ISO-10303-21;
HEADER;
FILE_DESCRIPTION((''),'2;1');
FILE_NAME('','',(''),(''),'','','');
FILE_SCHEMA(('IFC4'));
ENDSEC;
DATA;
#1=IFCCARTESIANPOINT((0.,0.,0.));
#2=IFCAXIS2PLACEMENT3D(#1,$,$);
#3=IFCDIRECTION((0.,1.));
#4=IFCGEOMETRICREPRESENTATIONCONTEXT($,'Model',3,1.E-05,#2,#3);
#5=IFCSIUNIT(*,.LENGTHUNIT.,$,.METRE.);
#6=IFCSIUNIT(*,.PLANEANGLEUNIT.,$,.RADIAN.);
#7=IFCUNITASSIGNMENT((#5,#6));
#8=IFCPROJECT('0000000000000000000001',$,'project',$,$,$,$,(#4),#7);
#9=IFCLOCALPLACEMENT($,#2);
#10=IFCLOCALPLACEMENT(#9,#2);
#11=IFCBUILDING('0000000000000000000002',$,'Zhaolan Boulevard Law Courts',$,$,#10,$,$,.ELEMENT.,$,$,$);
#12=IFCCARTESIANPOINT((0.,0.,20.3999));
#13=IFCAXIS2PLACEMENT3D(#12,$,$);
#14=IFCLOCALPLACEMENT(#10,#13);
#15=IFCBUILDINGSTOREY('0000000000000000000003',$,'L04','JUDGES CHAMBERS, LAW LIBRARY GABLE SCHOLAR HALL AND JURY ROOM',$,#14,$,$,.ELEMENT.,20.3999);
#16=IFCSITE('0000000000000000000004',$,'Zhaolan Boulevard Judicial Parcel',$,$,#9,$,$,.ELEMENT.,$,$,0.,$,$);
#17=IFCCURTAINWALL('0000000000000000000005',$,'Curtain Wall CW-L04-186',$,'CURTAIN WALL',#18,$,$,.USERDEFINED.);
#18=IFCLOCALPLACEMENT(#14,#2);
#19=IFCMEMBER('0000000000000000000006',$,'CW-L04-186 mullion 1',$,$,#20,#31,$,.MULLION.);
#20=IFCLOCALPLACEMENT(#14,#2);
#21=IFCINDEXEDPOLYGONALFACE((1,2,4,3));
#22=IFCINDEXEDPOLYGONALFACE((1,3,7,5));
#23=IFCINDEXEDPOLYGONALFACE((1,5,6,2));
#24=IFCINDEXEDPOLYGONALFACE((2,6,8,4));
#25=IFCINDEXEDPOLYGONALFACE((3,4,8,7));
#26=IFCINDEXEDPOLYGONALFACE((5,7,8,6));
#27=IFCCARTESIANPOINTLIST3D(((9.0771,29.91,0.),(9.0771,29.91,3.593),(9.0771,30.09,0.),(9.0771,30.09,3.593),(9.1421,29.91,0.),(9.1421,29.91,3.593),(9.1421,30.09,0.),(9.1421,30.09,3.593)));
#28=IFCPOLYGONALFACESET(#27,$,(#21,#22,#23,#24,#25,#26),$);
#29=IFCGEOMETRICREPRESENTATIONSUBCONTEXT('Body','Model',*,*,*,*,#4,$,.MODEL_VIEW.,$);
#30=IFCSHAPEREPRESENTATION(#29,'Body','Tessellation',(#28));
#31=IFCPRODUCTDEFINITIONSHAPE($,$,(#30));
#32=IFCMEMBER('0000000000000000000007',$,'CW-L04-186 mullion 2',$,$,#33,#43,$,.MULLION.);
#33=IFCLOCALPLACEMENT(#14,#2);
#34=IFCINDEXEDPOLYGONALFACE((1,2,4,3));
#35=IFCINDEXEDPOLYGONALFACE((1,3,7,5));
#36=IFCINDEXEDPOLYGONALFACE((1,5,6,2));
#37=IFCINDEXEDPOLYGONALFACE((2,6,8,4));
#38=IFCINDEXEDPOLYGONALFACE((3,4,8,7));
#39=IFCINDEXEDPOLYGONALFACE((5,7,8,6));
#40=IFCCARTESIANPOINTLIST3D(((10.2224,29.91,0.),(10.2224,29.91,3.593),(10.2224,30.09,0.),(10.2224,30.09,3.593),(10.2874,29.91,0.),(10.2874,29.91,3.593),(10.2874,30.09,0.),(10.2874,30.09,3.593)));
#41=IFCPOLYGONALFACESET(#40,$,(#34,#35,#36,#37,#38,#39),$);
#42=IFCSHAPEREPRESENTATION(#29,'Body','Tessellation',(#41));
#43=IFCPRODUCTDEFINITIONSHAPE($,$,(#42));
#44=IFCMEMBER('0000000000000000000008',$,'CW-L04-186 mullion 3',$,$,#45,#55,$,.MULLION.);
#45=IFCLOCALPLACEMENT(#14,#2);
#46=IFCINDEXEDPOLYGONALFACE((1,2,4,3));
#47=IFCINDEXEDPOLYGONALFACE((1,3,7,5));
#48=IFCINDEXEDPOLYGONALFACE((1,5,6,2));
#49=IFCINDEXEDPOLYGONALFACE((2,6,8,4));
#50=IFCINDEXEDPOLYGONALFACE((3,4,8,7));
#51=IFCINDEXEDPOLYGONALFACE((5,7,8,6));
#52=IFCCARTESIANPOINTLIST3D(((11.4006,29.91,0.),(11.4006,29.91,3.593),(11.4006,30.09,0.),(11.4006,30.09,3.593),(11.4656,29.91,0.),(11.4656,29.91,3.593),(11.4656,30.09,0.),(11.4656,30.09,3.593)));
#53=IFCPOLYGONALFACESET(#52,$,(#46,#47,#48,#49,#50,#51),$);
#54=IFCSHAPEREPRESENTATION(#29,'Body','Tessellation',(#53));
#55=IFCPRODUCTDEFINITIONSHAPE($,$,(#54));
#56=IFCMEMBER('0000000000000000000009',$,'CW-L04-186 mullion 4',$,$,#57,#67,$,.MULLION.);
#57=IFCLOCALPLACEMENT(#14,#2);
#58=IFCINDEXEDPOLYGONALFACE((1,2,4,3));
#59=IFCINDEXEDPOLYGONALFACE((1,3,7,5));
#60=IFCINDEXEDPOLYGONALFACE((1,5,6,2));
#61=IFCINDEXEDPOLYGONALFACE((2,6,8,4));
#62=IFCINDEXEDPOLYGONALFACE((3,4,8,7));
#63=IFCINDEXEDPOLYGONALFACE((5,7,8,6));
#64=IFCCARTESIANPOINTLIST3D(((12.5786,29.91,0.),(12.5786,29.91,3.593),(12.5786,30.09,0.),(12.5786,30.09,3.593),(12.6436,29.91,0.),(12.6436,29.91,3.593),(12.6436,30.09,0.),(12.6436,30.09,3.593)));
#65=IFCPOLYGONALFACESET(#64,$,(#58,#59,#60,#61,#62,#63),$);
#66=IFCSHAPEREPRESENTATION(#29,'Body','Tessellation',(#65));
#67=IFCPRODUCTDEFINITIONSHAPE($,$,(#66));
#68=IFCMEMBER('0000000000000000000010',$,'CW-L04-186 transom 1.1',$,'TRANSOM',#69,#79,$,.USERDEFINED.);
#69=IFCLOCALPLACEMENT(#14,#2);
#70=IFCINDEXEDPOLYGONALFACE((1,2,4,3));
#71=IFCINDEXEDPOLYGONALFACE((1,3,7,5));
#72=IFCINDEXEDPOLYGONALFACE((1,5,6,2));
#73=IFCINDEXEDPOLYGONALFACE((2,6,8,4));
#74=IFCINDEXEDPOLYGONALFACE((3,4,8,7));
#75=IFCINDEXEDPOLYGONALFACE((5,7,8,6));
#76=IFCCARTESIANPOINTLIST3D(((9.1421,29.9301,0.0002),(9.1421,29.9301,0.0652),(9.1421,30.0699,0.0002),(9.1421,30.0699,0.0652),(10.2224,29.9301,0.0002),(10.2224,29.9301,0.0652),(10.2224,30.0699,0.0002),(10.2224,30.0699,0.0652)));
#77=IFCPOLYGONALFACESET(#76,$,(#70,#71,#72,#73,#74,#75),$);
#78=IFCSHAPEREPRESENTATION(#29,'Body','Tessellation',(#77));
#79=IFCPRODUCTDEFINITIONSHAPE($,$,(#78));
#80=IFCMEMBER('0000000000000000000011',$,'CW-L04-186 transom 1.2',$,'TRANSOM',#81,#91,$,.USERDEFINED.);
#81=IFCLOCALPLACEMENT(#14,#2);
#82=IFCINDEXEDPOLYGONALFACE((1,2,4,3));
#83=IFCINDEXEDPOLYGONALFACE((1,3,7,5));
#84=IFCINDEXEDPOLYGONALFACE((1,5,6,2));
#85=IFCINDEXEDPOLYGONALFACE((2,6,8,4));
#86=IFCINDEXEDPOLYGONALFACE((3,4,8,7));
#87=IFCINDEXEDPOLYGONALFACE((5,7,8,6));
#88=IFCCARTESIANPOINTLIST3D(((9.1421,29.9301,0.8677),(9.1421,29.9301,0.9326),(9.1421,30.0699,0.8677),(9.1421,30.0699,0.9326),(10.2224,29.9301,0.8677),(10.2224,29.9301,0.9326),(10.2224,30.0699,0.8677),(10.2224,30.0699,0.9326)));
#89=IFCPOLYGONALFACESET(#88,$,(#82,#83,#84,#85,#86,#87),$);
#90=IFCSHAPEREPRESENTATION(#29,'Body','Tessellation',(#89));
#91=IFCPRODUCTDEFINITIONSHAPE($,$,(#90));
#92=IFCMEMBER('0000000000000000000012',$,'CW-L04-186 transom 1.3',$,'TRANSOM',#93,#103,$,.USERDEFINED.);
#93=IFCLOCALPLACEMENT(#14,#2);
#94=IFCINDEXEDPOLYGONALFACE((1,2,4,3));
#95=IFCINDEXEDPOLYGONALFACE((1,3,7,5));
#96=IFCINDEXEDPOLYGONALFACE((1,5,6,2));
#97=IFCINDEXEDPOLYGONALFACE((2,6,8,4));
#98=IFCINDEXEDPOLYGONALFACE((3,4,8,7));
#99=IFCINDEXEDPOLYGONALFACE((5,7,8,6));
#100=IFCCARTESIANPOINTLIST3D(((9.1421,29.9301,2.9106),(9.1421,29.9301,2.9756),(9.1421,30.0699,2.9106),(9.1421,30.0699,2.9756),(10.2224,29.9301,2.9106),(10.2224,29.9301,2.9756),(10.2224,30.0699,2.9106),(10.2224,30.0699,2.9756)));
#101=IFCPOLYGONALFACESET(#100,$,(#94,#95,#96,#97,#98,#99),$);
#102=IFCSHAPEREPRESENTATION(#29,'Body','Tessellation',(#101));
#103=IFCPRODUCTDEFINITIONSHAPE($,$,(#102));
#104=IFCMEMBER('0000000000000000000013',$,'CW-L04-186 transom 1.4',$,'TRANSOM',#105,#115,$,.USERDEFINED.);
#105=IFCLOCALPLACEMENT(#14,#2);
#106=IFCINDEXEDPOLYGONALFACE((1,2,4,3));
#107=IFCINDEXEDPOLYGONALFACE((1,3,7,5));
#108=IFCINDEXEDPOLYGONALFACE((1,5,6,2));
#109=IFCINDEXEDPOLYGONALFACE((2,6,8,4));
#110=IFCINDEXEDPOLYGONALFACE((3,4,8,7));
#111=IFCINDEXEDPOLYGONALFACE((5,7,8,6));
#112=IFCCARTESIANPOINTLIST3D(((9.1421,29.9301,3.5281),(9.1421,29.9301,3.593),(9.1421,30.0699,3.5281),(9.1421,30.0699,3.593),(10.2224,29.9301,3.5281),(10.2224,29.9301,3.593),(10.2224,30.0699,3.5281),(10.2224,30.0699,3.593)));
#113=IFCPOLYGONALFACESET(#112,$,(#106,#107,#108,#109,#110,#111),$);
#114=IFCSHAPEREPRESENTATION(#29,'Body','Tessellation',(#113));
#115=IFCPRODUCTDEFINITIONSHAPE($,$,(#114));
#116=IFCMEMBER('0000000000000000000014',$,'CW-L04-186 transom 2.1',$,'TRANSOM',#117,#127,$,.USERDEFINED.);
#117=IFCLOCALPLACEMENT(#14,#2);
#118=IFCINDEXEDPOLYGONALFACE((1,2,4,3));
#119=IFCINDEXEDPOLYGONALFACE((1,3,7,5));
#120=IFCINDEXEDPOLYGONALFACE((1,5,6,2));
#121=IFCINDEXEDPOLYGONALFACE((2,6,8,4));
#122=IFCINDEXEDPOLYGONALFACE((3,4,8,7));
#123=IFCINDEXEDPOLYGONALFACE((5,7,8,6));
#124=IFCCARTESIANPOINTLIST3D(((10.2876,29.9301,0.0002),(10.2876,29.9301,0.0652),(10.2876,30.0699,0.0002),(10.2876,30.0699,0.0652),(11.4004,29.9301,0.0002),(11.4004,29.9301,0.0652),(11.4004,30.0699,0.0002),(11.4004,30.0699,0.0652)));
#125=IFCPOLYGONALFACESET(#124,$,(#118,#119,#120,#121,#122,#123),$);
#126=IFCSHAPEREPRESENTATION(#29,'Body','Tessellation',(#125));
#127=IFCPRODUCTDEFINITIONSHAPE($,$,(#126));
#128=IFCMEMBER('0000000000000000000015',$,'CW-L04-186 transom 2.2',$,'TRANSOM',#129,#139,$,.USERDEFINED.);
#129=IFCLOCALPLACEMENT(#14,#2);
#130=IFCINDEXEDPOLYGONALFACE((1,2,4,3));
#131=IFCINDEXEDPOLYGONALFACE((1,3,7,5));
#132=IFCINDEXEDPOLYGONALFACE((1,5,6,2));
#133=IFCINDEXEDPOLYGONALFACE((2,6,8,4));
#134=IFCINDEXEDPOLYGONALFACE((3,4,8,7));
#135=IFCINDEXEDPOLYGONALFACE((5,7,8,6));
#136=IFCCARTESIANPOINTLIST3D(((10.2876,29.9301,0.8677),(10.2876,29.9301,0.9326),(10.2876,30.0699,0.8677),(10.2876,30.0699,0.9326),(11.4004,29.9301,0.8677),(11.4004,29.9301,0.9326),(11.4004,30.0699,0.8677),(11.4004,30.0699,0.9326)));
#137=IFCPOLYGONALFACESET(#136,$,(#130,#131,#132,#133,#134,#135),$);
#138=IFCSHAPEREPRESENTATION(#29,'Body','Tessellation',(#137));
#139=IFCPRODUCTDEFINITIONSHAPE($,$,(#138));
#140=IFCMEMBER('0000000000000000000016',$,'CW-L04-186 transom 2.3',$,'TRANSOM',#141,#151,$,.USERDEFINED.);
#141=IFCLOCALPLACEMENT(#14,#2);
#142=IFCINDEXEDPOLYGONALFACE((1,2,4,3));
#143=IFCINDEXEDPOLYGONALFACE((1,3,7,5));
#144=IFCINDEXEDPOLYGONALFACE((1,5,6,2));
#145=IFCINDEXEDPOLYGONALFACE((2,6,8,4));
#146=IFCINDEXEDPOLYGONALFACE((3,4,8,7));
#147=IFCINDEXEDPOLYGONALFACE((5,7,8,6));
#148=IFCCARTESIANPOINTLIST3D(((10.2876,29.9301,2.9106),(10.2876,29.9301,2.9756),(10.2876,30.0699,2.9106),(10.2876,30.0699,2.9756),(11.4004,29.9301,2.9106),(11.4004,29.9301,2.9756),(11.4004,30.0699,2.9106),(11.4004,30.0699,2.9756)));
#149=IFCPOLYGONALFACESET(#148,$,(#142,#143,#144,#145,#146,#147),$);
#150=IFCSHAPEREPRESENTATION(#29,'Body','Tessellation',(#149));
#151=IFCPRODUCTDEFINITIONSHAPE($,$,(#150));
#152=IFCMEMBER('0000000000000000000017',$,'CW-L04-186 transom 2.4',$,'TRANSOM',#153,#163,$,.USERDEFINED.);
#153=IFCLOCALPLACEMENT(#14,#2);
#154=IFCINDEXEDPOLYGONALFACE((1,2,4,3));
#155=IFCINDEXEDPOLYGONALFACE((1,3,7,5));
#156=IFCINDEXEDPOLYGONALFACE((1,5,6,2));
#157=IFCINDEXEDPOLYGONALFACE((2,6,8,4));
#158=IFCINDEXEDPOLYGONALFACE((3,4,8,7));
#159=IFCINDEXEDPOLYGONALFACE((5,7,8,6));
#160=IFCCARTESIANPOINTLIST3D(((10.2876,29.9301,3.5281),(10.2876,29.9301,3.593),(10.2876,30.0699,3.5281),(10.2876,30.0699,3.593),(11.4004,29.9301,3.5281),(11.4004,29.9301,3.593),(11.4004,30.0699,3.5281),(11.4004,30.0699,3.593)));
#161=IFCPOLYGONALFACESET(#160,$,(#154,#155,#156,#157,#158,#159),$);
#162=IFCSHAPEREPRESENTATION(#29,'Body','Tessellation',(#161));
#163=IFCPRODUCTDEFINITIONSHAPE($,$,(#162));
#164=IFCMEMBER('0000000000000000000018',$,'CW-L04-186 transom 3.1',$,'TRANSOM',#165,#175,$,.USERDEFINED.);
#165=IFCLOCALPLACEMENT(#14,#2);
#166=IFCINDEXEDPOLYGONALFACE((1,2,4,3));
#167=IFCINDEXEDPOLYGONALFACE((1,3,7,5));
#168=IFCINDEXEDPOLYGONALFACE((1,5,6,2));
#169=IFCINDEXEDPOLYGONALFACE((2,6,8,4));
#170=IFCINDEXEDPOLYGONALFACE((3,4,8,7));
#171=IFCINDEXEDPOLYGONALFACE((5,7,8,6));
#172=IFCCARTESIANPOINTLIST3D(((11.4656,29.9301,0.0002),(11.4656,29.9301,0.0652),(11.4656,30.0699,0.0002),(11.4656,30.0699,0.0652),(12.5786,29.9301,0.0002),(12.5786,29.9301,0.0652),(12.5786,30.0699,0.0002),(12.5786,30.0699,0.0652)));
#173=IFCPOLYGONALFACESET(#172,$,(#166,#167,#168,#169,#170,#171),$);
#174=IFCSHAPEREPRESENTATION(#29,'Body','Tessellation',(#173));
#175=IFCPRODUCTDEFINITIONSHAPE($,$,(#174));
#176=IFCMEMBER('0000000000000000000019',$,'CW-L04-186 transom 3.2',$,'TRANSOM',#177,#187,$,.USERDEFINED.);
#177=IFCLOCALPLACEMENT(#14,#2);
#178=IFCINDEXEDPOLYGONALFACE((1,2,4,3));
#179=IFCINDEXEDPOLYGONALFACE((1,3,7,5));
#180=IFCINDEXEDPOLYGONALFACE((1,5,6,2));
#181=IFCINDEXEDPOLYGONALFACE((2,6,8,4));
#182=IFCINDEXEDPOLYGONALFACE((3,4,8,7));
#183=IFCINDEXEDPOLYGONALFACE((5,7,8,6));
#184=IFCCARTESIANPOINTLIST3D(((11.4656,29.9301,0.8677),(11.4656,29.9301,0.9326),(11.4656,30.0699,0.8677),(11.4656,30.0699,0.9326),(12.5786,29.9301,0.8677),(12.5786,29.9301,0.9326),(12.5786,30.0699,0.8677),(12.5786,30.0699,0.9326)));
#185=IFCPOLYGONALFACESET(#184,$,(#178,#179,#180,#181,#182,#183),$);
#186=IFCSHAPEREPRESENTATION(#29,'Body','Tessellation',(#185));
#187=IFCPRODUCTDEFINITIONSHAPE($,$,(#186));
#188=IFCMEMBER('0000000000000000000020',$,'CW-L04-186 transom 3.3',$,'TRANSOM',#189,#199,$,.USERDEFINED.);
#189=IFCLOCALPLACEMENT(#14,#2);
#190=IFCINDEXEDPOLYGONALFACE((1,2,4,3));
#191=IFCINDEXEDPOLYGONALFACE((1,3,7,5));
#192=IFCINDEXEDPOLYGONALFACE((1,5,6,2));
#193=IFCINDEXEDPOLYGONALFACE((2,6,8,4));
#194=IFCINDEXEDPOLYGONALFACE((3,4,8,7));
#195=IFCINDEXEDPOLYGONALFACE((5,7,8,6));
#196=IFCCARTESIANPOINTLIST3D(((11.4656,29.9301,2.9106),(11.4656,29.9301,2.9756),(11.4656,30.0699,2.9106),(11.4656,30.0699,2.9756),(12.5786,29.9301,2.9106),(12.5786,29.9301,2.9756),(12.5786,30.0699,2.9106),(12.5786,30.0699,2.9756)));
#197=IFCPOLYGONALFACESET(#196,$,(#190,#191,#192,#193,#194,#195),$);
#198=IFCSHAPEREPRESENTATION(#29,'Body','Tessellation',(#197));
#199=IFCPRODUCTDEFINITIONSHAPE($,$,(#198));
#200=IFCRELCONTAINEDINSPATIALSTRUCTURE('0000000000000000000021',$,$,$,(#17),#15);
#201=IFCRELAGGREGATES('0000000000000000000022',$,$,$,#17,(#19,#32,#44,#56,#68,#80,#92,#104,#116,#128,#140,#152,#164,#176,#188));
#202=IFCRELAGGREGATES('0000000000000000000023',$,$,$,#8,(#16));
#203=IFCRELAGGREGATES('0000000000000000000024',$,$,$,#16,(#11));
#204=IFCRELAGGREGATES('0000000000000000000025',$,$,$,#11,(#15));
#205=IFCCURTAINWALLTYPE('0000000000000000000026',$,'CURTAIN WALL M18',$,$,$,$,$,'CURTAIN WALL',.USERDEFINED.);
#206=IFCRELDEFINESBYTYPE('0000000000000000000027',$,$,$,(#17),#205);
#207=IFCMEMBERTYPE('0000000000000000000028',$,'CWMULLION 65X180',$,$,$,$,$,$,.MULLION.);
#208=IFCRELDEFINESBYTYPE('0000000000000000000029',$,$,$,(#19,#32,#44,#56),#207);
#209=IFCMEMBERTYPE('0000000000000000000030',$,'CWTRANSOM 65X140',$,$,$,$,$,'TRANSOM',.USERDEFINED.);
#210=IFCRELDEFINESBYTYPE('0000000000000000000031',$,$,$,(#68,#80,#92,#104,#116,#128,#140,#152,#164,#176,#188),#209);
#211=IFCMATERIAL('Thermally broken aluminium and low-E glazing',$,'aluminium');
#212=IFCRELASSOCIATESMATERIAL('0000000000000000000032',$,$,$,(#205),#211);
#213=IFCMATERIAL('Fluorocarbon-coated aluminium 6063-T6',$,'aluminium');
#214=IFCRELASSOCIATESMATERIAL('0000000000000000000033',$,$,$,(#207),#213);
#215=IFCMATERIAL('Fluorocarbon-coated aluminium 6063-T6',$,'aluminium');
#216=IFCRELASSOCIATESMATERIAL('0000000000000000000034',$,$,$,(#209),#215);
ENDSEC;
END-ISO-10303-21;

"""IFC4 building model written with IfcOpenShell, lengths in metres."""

from ifc_helpers import new_model, si_unit, direction, frame, origin, origin_2d, place, context, subcontext, project, spatial, rectangle, extrude, material, material_profile, profile_set, type_object, element, aggregate, save


model = new_model("IFC4")

# Units and contexts
model_context = context("Model", 3, precision=1e-05, world=origin(), true_north=direction((0.0, 1.0)))
body_context = subcontext(model_context, "Body", "Model", "MODEL_VIEW")
ifc_project = project(units=[si_unit("LENGTHUNIT", "METRE"), si_unit("PLANEANGLEUNIT", "RADIAN")], contexts=[model_context])

# Site, building, storey
site_placement = place(None, origin())
site = spatial("IfcSite", under=ifc_project, at=site_placement, Name="Zhaolan Boulevard Judicial Parcel", CompositionType="ELEMENT", RefElevation=0.0)
building_placement = place(site_placement, origin())
building = spatial("IfcBuilding", under=site, at=building_placement, Name="Zhaolan Boulevard Law Courts", CompositionType="ELEMENT")
storey_placement = place(building_placement, frame((0.0, 0.0, 20.3999)))
storey = spatial("IfcBuildingStorey", under=building, at=storey_placement, Name="L04", Description="JUDGES CHAMBERS, LAW LIBRARY GABLE SCHOLAR HALL AND JURY ROOM", CompositionType="ELEMENT", Elevation=20.3999)

# Curtain wall, members
ifc_material_1 = material(Name="Thermally broken aluminium and low-E glazing", Category="aluminium")
curtain_wall_type = type_object("IfcCurtainWallType", Name="CURTAIN WALL M18", ElementType="CURTAIN WALL", PredefinedType="USERDEFINED", material=ifc_material_1)
curtain_wall_placement = place(storey_placement, origin())
curtain_wall = element("IfcCurtainWall", 1, at=curtain_wall_placement, inside=storey, type_object=curtain_wall_type, Name="Curtain Wall CW-L04-186", ObjectType="CURTAIN WALL", PredefinedType="USERDEFINED")
ifc_material_2 = material(Name="Fluorocarbon-coated aluminium 6063-T6", Category="aluminium")
ifc_material_profile_1 = material_profile(ifc_material_2, rectangle(XDim=0.1799, YDim=0.0649, at=origin_2d()), Name="AL65x180")
ifc_profile_set_1 = profile_set([ifc_material_profile_1], Name="Fluorocarbon-coated aluminium 6063-T6")
member_type_1 = type_object("IfcMemberType", Name="CWMULLION 65X180", PredefinedType="MULLION", material=ifc_profile_set_1)
member_1_placement = place(storey_placement, frame((9.1096, 30.0, 0.0), z_axis=(0.0, 0.0, 1.0), x_axis=(0.0, 1.0, 0.0)))
member_1 = element("IfcMember", 2, at=member_1_placement, type_object=member_type_1, Name="CW-L04-186 mullion 1", PredefinedType="MULLION", context=body_context, shape_type="SweptSolid", body=[
    extrude(rectangle(XDim=0.1799, YDim=0.0649, at=origin_2d()), origin(), (0.0, 0.0, 1.0), 3.593),
])
member_2_placement = place(storey_placement, frame((10.2549, 30.0, 0.0), z_axis=(0.0, 0.0, 1.0), x_axis=(0.0, 1.0, 0.0)))
member_2 = element("IfcMember", 3, at=member_2_placement, type_object=member_type_1, Name="CW-L04-186 mullion 2", PredefinedType="MULLION", context=body_context, shape_type="SweptSolid", body=[
    extrude(rectangle(XDim=0.1799, YDim=0.0649, at=origin_2d()), origin(), (0.0, 0.0, 1.0), 3.593),
])
member_3_placement = place(storey_placement, frame((11.4331, 30.0, 0.0), z_axis=(0.0, 0.0, 1.0), x_axis=(0.0, 1.0, 0.0)))
member_3 = element("IfcMember", 4, at=member_3_placement, type_object=member_type_1, Name="CW-L04-186 mullion 3", PredefinedType="MULLION", context=body_context, shape_type="SweptSolid", body=[
    extrude(rectangle(XDim=0.1799, YDim=0.0649, at=origin_2d()), origin(), (0.0, 0.0, 1.0), 3.593),
])
member_4_placement = place(storey_placement, frame((12.6111, 30.0, 0.0), z_axis=(0.0, 0.0, 1.0), x_axis=(0.0, 1.0, 0.0)))
member_4 = element("IfcMember", 5, at=member_4_placement, type_object=member_type_1, Name="CW-L04-186 mullion 4", PredefinedType="MULLION", context=body_context, shape_type="SweptSolid", body=[
    extrude(rectangle(XDim=0.1799, YDim=0.0649, at=origin_2d()), origin(), (0.0, 0.0, 1.0), 3.593),
])
ifc_material_3 = material(Name="Fluorocarbon-coated aluminium 6063-T6", Category="aluminium")
ifc_material_profile_2 = material_profile(ifc_material_3, rectangle(XDim=0.1399, YDim=0.0649, at=origin_2d()), Name="AL65x140")
ifc_profile_set_2 = profile_set([ifc_material_profile_2], Name="Fluorocarbon-coated aluminium 6063-T6")
member_type_2 = type_object("IfcMemberType", Name="CWTRANSOM 65X140", ElementType="TRANSOM", PredefinedType="USERDEFINED", material=ifc_profile_set_2)
member_5_placement = place(storey_placement, frame((9.1421, 30.0, 0.0327), z_axis=(1.0, 0.0, 0.0), x_axis=(0.0, 1.0, 0.0)))
member_5 = element("IfcMember", 6, at=member_5_placement, type_object=member_type_2, Name="CW-L04-186 transom 1.1", ObjectType="TRANSOM", PredefinedType="USERDEFINED", context=body_context, shape_type="SweptSolid", body=[
    extrude(rectangle(XDim=0.1399, YDim=0.0649, at=origin_2d()), origin(), (0.0, 0.0, 1.0), 1.0803),
])
member_6_placement = place(storey_placement, frame((9.1421, 30.0, 0.9001), z_axis=(1.0, 0.0, 0.0), x_axis=(0.0, 1.0, 0.0)))
member_6 = element("IfcMember", 7, at=member_6_placement, type_object=member_type_2, Name="CW-L04-186 transom 1.2", ObjectType="TRANSOM", PredefinedType="USERDEFINED", context=body_context, shape_type="SweptSolid", body=[
    extrude(rectangle(XDim=0.1399, YDim=0.0649, at=origin_2d()), origin(), (0.0, 0.0, 1.0), 1.0803),
])
member_7_placement = place(storey_placement, frame((9.1421, 30.0, 2.9431), z_axis=(1.0, 0.0, 0.0), x_axis=(0.0, 1.0, 0.0)))
member_7 = element("IfcMember", 8, at=member_7_placement, type_object=member_type_2, Name="CW-L04-186 transom 1.3", ObjectType="TRANSOM", PredefinedType="USERDEFINED", context=body_context, shape_type="SweptSolid", body=[
    extrude(rectangle(XDim=0.1399, YDim=0.0649, at=origin_2d()), origin(), (0.0, 0.0, 1.0), 1.0803),
])
member_8_placement = place(storey_placement, frame((9.1421, 30.0, 3.5605), z_axis=(1.0, 0.0, 0.0), x_axis=(0.0, 1.0, 0.0)))
member_8 = element("IfcMember", 9, at=member_8_placement, type_object=member_type_2, Name="CW-L04-186 transom 1.4", ObjectType="TRANSOM", PredefinedType="USERDEFINED", context=body_context, shape_type="SweptSolid", body=[
    extrude(rectangle(XDim=0.1399, YDim=0.0649, at=origin_2d()), origin(), (0.0, 0.0, 1.0), 1.0803),
])
member_9_placement = place(storey_placement, frame((10.2876, 30.0, 0.0327), z_axis=(1.0, 0.0, 0.0), x_axis=(0.0, 1.0, 0.0)))
member_9 = element("IfcMember", 10, at=member_9_placement, type_object=member_type_2, Name="CW-L04-186 transom 2.1", ObjectType="TRANSOM", PredefinedType="USERDEFINED", context=body_context, shape_type="SweptSolid", body=[
    extrude(rectangle(XDim=0.1399, YDim=0.0649, at=origin_2d()), origin(), (0.0, 0.0, 1.0), 1.1128),
])
member_10_placement = place(storey_placement, frame((10.2876, 30.0, 0.9001), z_axis=(1.0, 0.0, 0.0), x_axis=(0.0, 1.0, 0.0)))
member_10 = element("IfcMember", 11, at=member_10_placement, type_object=member_type_2, Name="CW-L04-186 transom 2.2", ObjectType="TRANSOM", PredefinedType="USERDEFINED", context=body_context, shape_type="SweptSolid", body=[
    extrude(rectangle(XDim=0.1399, YDim=0.0649, at=origin_2d()), origin(), (0.0, 0.0, 1.0), 1.1128),
])
member_11_placement = place(storey_placement, frame((10.2876, 30.0, 2.9431), z_axis=(1.0, 0.0, 0.0), x_axis=(0.0, 1.0, 0.0)))
member_11 = element("IfcMember", 12, at=member_11_placement, type_object=member_type_2, Name="CW-L04-186 transom 2.3", ObjectType="TRANSOM", PredefinedType="USERDEFINED", context=body_context, shape_type="SweptSolid", body=[
    extrude(rectangle(XDim=0.1399, YDim=0.0649, at=origin_2d()), origin(), (0.0, 0.0, 1.0), 1.1128),
])
member_12_placement = place(storey_placement, frame((10.2876, 30.0, 3.5605), z_axis=(1.0, 0.0, 0.0), x_axis=(0.0, 1.0, 0.0)))
member_12 = element("IfcMember", 13, at=member_12_placement, type_object=member_type_2, Name="CW-L04-186 transom 2.4", ObjectType="TRANSOM", PredefinedType="USERDEFINED", context=body_context, shape_type="SweptSolid", body=[
    extrude(rectangle(XDim=0.1399, YDim=0.0649, at=origin_2d()), origin(), (0.0, 0.0, 1.0), 1.1128),
])
member_13_placement = place(storey_placement, frame((11.4656, 30.0, 0.0327), z_axis=(1.0, 0.0, 0.0), x_axis=(0.0, 1.0, 0.0)))
member_13 = element("IfcMember", 14, at=member_13_placement, type_object=member_type_2, Name="CW-L04-186 transom 3.1", ObjectType="TRANSOM", PredefinedType="USERDEFINED", context=body_context, shape_type="SweptSolid", body=[
    extrude(rectangle(XDim=0.1399, YDim=0.0649, at=origin_2d()), origin(), (0.0, 0.0, 1.0), 1.113),
])
member_14_placement = place(storey_placement, frame((11.4656, 30.0, 0.9001), z_axis=(1.0, 0.0, 0.0), x_axis=(0.0, 1.0, 0.0)))
member_14 = element("IfcMember", 15, at=member_14_placement, type_object=member_type_2, Name="CW-L04-186 transom 3.2", ObjectType="TRANSOM", PredefinedType="USERDEFINED", context=body_context, shape_type="SweptSolid", body=[
    extrude(rectangle(XDim=0.1399, YDim=0.0649, at=origin_2d()), origin(), (0.0, 0.0, 1.0), 1.113),
])
member_15_placement = place(storey_placement, frame((11.4656, 30.0, 2.9431), z_axis=(1.0, 0.0, 0.0), x_axis=(0.0, 1.0, 0.0)))
member_15 = element("IfcMember", 16, at=member_15_placement, type_object=member_type_2, Name="CW-L04-186 transom 3.3", ObjectType="TRANSOM", PredefinedType="USERDEFINED", context=body_context, shape_type="SweptSolid", body=[
    extrude(rectangle(XDim=0.1399, YDim=0.0649, at=origin_2d()), origin(), (0.0, 0.0, 1.0), 1.113),
])

aggregate(curtain_wall, [member_1, member_2, member_3, member_4, member_5, member_6, member_7, member_8, member_9, member_10, member_11, member_12, member_13, member_14, member_15])

save(model, "model.ifc")
